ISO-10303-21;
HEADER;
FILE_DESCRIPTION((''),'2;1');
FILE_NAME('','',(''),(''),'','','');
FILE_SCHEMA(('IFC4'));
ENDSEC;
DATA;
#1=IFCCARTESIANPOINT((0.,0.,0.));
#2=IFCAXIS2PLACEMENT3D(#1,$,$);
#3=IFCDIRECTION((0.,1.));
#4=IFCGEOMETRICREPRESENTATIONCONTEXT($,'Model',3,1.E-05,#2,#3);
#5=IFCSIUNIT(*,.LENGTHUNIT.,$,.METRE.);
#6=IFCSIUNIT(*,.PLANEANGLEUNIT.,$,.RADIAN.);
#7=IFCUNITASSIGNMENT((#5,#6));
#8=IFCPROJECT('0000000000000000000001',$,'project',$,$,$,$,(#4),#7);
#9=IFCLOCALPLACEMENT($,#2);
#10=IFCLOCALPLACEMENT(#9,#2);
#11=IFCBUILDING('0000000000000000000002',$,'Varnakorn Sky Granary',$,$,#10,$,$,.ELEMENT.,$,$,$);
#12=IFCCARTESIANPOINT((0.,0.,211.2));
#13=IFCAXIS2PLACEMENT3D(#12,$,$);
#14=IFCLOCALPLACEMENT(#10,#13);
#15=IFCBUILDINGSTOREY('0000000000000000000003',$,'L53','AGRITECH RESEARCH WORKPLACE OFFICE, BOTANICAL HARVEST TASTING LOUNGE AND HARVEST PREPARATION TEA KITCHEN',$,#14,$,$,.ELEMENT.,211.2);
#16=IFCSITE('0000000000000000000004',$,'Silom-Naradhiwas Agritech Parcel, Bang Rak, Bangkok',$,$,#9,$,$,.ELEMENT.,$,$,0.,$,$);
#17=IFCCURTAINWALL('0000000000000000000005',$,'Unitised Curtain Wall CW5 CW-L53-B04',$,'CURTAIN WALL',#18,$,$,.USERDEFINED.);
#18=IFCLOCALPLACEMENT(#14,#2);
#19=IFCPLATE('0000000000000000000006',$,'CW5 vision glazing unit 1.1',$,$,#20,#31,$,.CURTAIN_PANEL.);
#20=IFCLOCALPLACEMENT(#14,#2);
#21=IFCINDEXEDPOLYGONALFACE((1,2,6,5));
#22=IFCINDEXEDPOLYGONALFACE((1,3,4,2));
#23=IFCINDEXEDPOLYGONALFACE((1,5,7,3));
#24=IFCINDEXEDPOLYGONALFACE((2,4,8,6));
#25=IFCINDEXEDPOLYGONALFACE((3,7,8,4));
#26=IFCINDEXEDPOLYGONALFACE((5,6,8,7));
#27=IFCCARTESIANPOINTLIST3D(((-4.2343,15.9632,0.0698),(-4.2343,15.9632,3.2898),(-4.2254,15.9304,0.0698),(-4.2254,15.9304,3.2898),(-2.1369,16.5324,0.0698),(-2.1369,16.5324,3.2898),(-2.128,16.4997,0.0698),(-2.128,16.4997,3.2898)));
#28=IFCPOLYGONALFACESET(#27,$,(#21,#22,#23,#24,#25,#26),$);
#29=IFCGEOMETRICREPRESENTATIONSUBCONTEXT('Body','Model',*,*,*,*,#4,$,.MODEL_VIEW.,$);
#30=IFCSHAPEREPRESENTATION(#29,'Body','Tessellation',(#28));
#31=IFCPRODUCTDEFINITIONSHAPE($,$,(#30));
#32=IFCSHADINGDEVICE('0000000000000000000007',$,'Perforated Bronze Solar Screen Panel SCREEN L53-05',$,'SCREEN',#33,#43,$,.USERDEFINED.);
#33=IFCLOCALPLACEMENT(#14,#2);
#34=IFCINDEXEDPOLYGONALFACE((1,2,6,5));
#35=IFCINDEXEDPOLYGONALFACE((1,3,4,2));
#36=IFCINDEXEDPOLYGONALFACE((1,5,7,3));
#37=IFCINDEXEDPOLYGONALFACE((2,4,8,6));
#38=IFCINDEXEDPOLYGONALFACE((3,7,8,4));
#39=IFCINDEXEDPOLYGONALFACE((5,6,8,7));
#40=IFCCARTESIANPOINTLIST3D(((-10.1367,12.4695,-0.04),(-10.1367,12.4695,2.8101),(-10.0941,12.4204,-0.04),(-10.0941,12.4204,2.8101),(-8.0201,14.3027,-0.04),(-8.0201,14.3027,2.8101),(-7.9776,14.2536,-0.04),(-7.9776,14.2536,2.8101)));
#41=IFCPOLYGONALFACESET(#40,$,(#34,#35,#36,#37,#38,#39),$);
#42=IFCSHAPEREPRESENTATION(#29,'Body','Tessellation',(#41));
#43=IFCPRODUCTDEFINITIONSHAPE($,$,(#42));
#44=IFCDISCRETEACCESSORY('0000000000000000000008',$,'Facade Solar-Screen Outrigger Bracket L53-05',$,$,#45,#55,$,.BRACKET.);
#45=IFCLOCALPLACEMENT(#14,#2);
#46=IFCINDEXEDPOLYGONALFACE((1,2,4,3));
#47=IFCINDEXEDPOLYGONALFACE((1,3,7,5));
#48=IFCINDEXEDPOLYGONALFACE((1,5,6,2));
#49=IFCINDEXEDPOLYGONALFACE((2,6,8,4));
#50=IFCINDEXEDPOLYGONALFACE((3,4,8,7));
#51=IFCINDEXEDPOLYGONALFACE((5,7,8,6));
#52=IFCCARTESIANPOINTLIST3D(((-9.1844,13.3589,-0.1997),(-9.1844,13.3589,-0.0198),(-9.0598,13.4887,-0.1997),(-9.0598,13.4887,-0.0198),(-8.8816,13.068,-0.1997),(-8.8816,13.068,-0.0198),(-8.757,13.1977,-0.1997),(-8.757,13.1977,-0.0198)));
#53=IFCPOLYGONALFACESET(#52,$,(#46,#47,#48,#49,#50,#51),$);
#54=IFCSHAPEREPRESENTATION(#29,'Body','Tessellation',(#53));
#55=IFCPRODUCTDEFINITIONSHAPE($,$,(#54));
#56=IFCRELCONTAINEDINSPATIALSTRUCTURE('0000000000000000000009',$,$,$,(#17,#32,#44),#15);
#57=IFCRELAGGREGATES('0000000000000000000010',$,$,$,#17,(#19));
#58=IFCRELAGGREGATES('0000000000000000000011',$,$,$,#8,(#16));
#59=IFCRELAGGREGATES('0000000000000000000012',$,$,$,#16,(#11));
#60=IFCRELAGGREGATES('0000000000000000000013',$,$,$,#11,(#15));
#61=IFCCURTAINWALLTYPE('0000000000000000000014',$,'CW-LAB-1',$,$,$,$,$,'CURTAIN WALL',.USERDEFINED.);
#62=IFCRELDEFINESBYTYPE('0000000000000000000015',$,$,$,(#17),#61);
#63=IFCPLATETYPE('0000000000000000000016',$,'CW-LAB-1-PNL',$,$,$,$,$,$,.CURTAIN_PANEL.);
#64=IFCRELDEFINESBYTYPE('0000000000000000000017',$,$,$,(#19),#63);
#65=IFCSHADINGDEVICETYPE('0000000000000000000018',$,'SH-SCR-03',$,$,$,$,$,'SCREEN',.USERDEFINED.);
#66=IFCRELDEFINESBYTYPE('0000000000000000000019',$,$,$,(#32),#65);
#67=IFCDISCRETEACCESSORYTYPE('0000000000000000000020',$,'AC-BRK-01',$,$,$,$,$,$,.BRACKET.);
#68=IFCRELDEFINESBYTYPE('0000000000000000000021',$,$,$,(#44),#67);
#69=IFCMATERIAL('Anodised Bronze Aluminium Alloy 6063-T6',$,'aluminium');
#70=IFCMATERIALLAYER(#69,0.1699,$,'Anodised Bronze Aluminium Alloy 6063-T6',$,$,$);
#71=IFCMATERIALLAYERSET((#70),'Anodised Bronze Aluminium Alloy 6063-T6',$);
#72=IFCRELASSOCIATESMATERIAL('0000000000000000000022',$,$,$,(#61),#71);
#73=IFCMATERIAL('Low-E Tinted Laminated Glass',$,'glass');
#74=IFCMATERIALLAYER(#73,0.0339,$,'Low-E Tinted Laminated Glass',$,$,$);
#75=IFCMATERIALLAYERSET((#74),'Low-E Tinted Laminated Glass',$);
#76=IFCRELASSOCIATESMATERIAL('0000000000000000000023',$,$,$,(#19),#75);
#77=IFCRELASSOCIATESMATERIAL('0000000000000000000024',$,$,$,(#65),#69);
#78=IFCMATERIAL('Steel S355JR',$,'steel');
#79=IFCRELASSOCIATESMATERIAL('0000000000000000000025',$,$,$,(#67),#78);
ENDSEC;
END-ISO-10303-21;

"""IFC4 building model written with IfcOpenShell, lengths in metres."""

from ifc_helpers import new_model, si_unit, direction, frame, origin, origin_2d, place, context, subcontext, project, spatial, rectangle, extrude, source, transform, mapped, material, layer, layer_set, type_object, type_shapes, element, aggregate, save


model = new_model("IFC4")

# Units and contexts
model_context = context("Model", 3, precision=1e-05, world=origin(), true_north=direction((0.0, 1.0)))
body_context = subcontext(model_context, "Body", "Model", "MODEL_VIEW")
ifc_project = project(units=[si_unit("LENGTHUNIT", "METRE"), si_unit("PLANEANGLEUNIT", "RADIAN")], contexts=[model_context])

# Site, building, storey
site_placement = place(None, origin())
site = spatial("IfcSite", under=ifc_project, at=site_placement, Name="Silom-Naradhiwas Agritech Parcel, Bang Rak, Bangkok", CompositionType="ELEMENT", RefElevation=0.0)
building_placement = place(site_placement, origin())
building = spatial("IfcBuilding", under=site, at=building_placement, Name="Varnakorn Sky Granary", CompositionType="ELEMENT")
storey_placement = place(building_placement, frame((0.0, 0.0, 211.2)))
storey = spatial("IfcBuildingStorey", under=building, at=storey_placement, Name="L53", Description="AGRITECH RESEARCH WORKPLACE OFFICE, BOTANICAL HARVEST TASTING LOUNGE AND HARVEST PREPARATION TEA KITCHEN", CompositionType="ELEMENT", Elevation=211.2)

# Shared definitions
ifc_material_1 = material(Name="Steel S355JR", Category="steel")

# Curtain wall
ifc_material_2 = material(Name="Anodised Bronze Aluminium Alloy 6063-T6", Category="aluminium")
ifc_layer_1 = layer(ifc_material_2, 0.1699, Name="Anodised Bronze Aluminium Alloy 6063-T6")
ifc_layer_set_1 = layer_set([ifc_layer_1], Name="Anodised Bronze Aluminium Alloy 6063-T6")
curtain_wall_type = type_object("IfcCurtainWallType", Name="CW-LAB-1", ElementType="CURTAIN WALL", PredefinedType="USERDEFINED", material=ifc_layer_set_1)
curtain_wall_1_placement = place(storey_placement, origin())
curtain_wall_1 = element("IfcCurtainWall", 1, at=curtain_wall_1_placement, inside=storey, type_object=curtain_wall_type, Name="Unitised Curtain Wall CW5 CW-L53-B04", ObjectType="CURTAIN WALL", PredefinedType="USERDEFINED")

# Plate
ifc_material_3 = material(Name="Low-E Tinted Laminated Glass", Category="glass")
ifc_layer_2 = layer(ifc_material_3, 0.0339, Name="Low-E Tinted Laminated Glass")
ifc_layer_set_2 = layer_set([ifc_layer_2], Name="Low-E Tinted Laminated Glass")
plate_type = type_object("IfcPlateType", Name="CW-LAB-1-PNL", PredefinedType="CURTAIN_PANEL")
shared_shape_1 = source(origin(), body_context, "Body", "SweptSolid", [
    extrude(rectangle(XDim=2.1733, YDim=0.0339, at=origin_2d()), origin(), (0.0, 0.0, 1.0), 3.22),
])
plate_1_placement = place(storey_placement, frame((-3.1812, 16.2314, 0.0698), z_axis=(0.0, 0.0, 1.0), x_axis=(0.96509, 0.26192, 0.0)))
plate_1 = element("IfcPlate", 2, at=plate_1_placement, type_object=plate_type, material=ifc_layer_set_2, Name="CW5 vision glazing unit 1.1", PredefinedType="CURTAIN_PANEL", context=body_context, shape_type="MappedRepresentation", body=[
    mapped(shared_shape_1, transform((0.0, 0.0, 0.0), x_axis=(1.0, 0.0, 0.0), y_axis=(0.0, 1.0, 0.0), z_axis=(0.0, 0.0, 1.0), scale=1.0)),
])
aggregate(curtain_wall_1, [plate_1])

# Shading device
shading_device_type = type_object("IfcShadingDeviceType", Name="SH-SCR-03", ElementType="SCREEN", PredefinedType="USERDEFINED", material=ifc_material_2)
shared_shape_2 = source(origin(), body_context, "Body", "SweptSolid", [
    extrude(rectangle(XDim=2.8, YDim=0.0649, at=origin_2d()), origin(), (0.0, 0.0, 1.0), 2.8501),
])
type_shapes(shading_device_type, [shared_shape_2])
shading_device_placement = place(storey_placement, frame((-9.0571, 13.3616, -0.04), z_axis=(0.0, 0.0, 1.0), x_axis=(-0.755897, -0.654691, 0.0)))
element("IfcShadingDevice", 3, at=shading_device_placement, inside=storey, type_object=shading_device_type, Name="Perforated Bronze Solar Screen Panel SCREEN L53-05", ObjectType="SCREEN", PredefinedType="USERDEFINED", context=body_context, shape_type="MappedRepresentation", body=[
    mapped(shared_shape_2, transform((0.0, 0.0, 0.0), x_axis=(1.0, 0.0, 0.0), y_axis=(0.0, 1.0, 0.0), z_axis=(0.0, 0.0, 1.0), scale=1.0)),
])

# Discrete accessory
discrete_accessory_type = type_object("IfcDiscreteAccessoryType", Name="AC-BRK-01", PredefinedType="BRACKET", material=ifc_material_1)
shared_shape_3 = source(origin(), body_context, "Body", "SweptSolid", [
    extrude(rectangle(XDim=0.1799, YDim=0.4199, at=origin_2d()), origin(), (0.0, 0.0, 1.0), 0.1799),
])
type_shapes(discrete_accessory_type, [shared_shape_3])
discrete_accessory_placement = place(storey_placement, frame((-8.9707, 13.2783, -0.1997), z_axis=(0.0, 0.0, 1.0), x_axis=(-0.69282, -0.72111, 0.0)))
element("IfcDiscreteAccessory", 4, at=discrete_accessory_placement, inside=storey, type_object=discrete_accessory_type, Name="Facade Solar-Screen Outrigger Bracket L53-05", PredefinedType="BRACKET", context=body_context, shape_type="MappedRepresentation", body=[
    mapped(shared_shape_3, transform((0.0, 0.0, 0.0), x_axis=(1.0, 0.0, 0.0), y_axis=(0.0, 1.0, 0.0), z_axis=(0.0, 0.0, 1.0), scale=1.0)),
])

save(model, "model.ifc")
